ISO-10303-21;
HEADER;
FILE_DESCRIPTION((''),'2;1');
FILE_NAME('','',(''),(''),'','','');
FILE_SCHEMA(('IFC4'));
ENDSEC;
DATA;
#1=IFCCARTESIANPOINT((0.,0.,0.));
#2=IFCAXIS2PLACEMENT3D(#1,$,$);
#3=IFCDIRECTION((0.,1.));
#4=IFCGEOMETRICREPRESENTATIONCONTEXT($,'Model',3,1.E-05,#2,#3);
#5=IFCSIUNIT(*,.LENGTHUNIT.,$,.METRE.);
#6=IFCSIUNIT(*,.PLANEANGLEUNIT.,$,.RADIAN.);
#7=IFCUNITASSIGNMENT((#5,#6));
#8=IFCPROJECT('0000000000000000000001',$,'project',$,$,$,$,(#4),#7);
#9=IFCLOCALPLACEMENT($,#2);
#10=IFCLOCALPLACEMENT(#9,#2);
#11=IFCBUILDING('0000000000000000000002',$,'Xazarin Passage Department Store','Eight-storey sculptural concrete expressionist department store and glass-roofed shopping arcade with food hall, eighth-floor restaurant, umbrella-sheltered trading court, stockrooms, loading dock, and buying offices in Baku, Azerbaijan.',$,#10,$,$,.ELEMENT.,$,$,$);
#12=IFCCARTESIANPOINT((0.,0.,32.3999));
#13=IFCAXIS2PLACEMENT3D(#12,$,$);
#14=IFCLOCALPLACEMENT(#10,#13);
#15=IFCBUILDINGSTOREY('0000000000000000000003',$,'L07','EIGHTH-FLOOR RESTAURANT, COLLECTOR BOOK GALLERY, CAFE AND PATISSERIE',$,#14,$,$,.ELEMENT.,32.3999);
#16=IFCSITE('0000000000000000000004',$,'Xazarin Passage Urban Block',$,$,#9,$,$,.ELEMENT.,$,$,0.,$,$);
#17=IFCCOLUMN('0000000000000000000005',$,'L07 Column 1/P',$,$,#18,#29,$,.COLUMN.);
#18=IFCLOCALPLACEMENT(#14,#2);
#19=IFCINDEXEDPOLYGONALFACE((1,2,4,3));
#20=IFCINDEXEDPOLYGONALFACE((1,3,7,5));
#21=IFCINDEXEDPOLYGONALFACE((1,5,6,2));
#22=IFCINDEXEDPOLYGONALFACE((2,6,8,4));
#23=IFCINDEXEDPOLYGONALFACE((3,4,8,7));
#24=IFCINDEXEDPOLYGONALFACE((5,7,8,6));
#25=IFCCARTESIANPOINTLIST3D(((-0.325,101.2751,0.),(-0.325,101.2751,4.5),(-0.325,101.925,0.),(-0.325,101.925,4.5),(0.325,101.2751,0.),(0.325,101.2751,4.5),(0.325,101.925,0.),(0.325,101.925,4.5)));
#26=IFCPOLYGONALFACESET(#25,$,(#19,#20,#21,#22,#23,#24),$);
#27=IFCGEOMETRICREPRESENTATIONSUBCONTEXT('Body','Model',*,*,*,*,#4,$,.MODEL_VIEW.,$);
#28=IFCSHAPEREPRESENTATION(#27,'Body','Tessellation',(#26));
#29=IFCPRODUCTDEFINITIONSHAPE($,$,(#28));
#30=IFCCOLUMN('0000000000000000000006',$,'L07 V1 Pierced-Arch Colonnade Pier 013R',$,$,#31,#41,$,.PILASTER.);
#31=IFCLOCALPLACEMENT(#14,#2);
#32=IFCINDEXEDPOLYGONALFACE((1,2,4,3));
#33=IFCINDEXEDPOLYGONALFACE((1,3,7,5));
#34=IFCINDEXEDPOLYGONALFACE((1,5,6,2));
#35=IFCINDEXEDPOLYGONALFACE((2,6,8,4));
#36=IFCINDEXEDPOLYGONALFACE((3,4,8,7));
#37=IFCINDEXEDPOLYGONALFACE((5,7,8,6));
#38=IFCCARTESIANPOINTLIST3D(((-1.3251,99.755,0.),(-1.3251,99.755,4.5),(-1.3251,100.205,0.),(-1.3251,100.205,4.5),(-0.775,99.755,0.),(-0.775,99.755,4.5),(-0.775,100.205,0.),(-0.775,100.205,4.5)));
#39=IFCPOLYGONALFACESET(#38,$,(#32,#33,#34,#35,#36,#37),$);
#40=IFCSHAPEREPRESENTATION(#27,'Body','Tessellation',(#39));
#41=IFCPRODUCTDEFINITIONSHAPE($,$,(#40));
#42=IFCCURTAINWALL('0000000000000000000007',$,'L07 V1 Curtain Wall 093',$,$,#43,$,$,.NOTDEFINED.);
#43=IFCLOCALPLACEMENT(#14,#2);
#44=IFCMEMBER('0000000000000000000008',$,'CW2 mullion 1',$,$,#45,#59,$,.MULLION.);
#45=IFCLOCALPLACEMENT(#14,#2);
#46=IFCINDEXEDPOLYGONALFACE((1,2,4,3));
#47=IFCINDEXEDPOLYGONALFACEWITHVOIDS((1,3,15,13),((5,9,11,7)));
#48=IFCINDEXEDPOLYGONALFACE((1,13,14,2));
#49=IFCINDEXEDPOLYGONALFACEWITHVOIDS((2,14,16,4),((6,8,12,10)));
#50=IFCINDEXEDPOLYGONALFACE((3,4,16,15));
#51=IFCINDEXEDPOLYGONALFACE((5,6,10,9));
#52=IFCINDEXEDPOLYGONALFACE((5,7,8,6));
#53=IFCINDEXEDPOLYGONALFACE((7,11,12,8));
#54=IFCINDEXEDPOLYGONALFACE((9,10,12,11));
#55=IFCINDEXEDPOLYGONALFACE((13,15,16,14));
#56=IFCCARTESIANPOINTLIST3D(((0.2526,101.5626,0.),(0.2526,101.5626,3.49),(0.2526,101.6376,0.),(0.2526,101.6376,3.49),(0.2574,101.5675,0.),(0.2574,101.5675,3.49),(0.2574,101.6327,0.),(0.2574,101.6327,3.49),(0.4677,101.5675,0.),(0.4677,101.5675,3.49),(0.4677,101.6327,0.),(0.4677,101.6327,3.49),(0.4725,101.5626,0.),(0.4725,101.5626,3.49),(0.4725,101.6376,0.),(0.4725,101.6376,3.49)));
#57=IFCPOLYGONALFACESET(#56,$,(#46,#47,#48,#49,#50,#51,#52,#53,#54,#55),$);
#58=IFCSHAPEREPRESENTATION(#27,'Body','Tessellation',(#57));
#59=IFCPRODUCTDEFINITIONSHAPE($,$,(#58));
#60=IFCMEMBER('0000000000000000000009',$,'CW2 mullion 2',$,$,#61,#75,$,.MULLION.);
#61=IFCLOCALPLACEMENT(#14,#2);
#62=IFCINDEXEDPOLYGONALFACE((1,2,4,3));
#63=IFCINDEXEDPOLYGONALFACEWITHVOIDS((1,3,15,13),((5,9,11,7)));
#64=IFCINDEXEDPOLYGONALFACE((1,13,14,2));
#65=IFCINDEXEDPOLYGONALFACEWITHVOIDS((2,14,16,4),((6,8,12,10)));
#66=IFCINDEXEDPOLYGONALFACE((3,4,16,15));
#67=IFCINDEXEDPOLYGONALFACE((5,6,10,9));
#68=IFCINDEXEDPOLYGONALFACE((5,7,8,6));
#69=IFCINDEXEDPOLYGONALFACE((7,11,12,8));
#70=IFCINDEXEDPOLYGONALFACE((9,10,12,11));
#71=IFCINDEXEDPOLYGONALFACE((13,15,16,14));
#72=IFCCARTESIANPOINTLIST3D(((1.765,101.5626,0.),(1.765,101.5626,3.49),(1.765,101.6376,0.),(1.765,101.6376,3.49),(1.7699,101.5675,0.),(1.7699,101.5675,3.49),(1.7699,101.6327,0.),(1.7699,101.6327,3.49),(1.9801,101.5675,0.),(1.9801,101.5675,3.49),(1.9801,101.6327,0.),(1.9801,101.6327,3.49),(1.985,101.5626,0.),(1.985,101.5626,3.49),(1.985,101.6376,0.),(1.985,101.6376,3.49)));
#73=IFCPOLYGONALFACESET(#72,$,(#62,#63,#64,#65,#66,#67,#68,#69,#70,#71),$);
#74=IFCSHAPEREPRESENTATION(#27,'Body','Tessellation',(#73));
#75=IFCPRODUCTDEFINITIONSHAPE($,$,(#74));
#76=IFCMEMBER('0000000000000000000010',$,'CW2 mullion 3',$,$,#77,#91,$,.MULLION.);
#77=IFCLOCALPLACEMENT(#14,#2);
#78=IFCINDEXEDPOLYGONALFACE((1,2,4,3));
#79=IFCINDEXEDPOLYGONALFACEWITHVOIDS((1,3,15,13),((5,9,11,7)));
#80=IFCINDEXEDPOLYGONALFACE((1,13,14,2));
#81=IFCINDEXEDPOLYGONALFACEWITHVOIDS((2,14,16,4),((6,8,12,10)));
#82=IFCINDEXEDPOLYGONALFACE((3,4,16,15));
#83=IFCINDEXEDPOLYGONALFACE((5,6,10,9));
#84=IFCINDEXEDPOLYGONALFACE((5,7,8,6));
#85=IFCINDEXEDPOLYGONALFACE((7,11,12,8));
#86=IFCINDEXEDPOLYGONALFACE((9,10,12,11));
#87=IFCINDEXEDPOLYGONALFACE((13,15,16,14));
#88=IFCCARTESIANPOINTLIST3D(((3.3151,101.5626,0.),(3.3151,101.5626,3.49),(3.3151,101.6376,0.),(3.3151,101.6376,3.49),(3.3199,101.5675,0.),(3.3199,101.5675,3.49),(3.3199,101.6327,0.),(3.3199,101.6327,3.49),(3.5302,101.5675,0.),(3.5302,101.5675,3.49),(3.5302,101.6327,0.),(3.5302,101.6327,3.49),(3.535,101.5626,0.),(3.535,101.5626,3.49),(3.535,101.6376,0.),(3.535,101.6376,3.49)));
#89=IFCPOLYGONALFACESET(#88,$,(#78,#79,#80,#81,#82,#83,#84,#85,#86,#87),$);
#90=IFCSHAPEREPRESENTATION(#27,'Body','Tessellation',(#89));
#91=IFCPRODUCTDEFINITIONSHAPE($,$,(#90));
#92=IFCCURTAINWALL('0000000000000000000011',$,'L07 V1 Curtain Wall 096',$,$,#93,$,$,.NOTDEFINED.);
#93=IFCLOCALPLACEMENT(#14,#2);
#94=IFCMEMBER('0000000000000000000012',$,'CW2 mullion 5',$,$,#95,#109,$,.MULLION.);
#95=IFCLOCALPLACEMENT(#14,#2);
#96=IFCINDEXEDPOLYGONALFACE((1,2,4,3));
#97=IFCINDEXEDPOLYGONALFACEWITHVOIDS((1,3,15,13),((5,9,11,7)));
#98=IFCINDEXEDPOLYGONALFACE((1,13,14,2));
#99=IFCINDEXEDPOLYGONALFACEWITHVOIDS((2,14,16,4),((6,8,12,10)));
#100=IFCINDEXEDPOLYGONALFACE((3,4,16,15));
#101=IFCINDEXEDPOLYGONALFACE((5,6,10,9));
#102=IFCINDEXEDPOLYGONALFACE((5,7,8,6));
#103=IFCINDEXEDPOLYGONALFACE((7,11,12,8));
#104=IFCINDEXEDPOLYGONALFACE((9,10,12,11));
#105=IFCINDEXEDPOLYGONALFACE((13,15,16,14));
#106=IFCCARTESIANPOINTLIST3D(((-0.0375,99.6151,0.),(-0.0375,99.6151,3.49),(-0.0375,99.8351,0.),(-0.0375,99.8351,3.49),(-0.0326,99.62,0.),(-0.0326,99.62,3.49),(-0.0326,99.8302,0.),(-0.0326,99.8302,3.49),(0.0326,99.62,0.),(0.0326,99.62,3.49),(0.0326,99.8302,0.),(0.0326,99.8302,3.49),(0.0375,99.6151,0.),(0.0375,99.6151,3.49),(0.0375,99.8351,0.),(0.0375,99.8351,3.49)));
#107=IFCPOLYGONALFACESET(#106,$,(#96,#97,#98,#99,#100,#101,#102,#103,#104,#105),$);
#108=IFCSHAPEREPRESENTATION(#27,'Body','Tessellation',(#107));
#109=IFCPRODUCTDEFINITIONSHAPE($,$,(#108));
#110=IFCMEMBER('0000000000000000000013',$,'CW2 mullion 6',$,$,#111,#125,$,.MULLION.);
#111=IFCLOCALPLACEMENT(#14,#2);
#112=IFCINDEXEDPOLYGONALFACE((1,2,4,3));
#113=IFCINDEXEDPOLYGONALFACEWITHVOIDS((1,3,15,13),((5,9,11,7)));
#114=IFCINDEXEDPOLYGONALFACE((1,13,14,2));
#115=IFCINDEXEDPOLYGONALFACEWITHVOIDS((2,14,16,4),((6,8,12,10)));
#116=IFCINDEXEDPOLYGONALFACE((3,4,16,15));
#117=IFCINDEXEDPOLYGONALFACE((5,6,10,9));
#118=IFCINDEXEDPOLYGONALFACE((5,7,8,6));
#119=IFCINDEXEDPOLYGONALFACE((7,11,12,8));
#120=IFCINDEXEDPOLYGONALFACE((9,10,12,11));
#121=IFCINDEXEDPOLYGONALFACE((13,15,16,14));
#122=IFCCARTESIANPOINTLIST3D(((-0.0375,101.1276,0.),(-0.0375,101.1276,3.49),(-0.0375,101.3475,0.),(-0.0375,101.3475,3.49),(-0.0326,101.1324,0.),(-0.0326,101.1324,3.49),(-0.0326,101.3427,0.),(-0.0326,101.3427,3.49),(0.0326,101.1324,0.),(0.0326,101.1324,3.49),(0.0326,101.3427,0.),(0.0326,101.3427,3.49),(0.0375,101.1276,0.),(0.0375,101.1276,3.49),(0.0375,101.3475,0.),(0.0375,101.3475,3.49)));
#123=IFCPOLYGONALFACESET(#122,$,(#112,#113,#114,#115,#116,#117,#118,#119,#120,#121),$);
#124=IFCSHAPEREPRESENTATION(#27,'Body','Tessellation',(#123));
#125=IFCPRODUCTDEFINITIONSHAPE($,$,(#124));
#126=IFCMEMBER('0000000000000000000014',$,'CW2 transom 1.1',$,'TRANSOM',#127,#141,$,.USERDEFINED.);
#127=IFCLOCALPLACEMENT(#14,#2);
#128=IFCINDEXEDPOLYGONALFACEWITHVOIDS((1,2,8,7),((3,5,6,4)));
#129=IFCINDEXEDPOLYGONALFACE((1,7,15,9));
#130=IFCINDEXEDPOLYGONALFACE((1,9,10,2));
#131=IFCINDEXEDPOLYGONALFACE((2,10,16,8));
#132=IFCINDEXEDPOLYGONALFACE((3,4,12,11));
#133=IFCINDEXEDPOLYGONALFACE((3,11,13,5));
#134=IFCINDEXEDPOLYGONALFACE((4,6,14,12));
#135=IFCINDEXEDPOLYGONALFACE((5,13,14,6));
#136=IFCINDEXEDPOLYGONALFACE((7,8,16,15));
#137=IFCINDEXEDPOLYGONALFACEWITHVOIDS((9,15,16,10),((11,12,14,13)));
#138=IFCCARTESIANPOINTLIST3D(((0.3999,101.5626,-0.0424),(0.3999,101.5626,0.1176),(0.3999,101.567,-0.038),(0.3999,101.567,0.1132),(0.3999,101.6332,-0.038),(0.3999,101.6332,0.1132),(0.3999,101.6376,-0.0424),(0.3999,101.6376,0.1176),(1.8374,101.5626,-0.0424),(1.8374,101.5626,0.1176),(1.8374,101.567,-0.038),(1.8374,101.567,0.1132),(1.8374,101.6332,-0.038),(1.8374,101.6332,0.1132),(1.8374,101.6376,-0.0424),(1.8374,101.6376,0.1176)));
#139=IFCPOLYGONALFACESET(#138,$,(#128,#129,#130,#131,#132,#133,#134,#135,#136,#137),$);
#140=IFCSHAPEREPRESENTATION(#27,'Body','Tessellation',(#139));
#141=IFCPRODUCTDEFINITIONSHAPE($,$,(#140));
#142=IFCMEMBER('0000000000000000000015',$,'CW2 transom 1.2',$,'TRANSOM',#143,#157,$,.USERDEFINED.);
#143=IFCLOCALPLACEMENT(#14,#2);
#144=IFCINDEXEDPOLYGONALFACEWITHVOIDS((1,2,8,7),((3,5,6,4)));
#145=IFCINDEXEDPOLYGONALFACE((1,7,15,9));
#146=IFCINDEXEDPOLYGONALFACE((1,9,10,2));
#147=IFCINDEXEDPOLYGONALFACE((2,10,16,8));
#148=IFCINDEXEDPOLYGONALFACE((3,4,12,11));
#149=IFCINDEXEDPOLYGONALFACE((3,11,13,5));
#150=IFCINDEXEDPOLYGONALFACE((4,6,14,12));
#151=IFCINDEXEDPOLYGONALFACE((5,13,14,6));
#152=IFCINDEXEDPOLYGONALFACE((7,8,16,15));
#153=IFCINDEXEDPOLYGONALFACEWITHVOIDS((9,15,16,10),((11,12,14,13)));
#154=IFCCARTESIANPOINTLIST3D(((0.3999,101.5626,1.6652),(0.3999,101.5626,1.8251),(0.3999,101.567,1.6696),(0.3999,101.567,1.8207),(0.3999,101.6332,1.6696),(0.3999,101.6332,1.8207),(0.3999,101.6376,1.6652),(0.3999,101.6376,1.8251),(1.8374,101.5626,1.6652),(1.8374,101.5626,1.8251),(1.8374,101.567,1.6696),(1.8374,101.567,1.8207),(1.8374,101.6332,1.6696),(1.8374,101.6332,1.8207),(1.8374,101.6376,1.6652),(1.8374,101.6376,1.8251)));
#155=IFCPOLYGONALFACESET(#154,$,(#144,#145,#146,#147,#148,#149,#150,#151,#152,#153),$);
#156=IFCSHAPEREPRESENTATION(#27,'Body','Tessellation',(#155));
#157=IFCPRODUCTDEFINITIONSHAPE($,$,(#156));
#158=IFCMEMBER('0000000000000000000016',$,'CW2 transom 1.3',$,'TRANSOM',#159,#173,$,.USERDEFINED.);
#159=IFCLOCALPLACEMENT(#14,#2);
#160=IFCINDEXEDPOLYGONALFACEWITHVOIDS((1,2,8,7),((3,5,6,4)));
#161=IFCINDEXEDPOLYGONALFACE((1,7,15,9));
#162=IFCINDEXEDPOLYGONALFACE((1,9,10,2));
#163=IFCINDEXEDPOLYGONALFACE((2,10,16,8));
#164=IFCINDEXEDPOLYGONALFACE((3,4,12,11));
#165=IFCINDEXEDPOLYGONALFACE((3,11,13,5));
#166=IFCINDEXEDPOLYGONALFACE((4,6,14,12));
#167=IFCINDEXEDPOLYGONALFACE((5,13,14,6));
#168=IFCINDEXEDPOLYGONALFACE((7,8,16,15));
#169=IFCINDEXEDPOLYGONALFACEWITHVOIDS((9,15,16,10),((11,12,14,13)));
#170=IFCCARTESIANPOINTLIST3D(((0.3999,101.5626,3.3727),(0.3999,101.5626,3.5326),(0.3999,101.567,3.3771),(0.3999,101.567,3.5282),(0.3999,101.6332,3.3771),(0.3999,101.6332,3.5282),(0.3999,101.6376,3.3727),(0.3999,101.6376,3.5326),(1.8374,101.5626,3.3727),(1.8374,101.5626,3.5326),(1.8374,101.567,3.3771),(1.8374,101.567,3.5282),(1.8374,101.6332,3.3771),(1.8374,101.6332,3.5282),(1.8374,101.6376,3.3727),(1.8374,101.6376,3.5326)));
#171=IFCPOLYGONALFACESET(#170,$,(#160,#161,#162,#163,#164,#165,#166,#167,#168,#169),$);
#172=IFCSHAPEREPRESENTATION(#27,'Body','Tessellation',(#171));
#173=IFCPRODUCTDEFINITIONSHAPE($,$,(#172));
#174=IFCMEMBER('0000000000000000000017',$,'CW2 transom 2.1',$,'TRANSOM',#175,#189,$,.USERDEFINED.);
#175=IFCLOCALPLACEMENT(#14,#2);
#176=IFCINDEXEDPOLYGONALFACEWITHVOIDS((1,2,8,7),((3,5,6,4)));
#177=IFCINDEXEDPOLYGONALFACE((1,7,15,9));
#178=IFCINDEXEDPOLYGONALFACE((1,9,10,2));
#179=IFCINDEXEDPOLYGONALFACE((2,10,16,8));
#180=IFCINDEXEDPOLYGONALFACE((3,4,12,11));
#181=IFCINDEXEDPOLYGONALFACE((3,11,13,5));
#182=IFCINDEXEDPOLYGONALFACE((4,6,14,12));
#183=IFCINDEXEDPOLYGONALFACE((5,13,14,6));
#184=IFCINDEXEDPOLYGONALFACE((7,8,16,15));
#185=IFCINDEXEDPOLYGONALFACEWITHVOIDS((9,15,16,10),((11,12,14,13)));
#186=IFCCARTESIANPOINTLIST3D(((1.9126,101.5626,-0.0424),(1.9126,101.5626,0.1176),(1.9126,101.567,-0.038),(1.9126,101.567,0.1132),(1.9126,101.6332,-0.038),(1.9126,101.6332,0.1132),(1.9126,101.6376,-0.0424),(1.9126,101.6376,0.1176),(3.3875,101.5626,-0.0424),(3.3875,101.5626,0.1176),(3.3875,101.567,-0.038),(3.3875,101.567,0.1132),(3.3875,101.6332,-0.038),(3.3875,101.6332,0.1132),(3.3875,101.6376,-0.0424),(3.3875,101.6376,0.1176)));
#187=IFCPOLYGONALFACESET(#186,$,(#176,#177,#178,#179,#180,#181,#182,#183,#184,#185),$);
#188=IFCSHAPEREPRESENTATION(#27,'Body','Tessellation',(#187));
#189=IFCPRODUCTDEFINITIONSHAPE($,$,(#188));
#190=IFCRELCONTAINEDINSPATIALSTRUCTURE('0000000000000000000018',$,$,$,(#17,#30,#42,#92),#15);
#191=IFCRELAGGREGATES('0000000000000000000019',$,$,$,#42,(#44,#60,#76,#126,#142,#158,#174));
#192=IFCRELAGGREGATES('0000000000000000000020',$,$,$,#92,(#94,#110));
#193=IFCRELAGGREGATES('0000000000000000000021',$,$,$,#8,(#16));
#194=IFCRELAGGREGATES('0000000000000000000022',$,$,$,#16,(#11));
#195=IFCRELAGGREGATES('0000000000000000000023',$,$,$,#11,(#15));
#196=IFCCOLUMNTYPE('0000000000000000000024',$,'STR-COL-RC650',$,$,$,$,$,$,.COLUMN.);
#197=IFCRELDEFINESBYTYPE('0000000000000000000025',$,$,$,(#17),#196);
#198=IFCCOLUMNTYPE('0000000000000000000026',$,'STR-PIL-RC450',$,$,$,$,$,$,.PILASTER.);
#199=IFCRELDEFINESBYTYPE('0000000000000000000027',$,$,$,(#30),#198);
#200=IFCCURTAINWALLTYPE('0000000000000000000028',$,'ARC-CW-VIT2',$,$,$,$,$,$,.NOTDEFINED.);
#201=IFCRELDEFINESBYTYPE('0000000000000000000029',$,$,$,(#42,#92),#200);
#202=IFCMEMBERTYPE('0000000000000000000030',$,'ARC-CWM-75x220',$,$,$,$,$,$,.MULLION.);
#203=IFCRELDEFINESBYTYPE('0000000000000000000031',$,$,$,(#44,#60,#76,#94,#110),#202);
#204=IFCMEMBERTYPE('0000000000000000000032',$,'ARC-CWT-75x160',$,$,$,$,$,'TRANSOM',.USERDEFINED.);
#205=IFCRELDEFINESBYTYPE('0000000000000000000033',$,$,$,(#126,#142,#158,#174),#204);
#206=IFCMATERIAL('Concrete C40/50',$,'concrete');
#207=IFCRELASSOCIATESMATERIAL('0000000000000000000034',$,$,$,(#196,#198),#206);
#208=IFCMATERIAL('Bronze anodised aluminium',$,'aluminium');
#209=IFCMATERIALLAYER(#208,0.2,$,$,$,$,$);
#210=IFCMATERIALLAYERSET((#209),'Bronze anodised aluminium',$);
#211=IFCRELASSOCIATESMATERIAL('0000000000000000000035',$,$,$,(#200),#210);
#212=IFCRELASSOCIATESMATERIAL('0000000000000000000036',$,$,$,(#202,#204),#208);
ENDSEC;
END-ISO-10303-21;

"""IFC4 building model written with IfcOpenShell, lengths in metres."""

from ifc_helpers import new_model, si_unit, direction, frame, origin, origin_2d, place, context, subcontext, project, spatial, rectangle, hollow_rectangle, extrude, material, layer, layer_set, material_profile, profile_set, type_object, element, aggregate, save


model = new_model("IFC4")

# Units and contexts
model_context = context("Model", 3, precision=1e-05, world=origin(), true_north=direction((0.0, 1.0)))
body_context = subcontext(model_context, "Body", "Model", "MODEL_VIEW")
ifc_project = project(units=[si_unit("LENGTHUNIT", "METRE"), si_unit("PLANEANGLEUNIT", "RADIAN")], contexts=[model_context])

# Site, building, storey
site_placement = place(None, origin())
site = spatial("IfcSite", under=ifc_project, at=site_placement, Name="Xazarin Passage Urban Block", CompositionType="ELEMENT", RefElevation=0.0)
building_placement = place(site_placement, origin())
building = spatial("IfcBuilding", under=site, at=building_placement, Name="Xazarin Passage Department Store", Description="Eight-storey sculptural concrete expressionist department store and glass-roofed shopping arcade with food hall, eighth-floor restaurant, umbrella-sheltered trading court, stockrooms, loading dock, and buying offices in Baku, Azerbaijan.", CompositionType="ELEMENT")
storey_placement = place(building_placement, frame((0.0, 0.0, 32.3999)))
storey = spatial("IfcBuildingStorey", under=building, at=storey_placement, Name="L07", Description="EIGHTH-FLOOR RESTAURANT, COLLECTOR BOOK GALLERY, CAFE AND PATISSERIE", CompositionType="ELEMENT", Elevation=32.3999)

# Columns
ifc_material_1 = material(Name="Concrete C40/50", Category="concrete")
ifc_material_profile_1 = material_profile(ifc_material_1, rectangle(XDim=0.6499, YDim=0.6499, at=origin_2d()), Name="RC 650x650")
ifc_profile_set_1 = profile_set([ifc_material_profile_1], Name="Concrete C40/50")
column_type_1 = type_object("IfcColumnType", Name="STR-COL-RC650", PredefinedType="COLUMN", material=ifc_profile_set_1)
column_1_placement = place(storey_placement, frame((0.0, 101.6001, 0.0), z_axis=(0.0, 0.0, 1.0), x_axis=(1.0, 0.0, 0.0)))
element("IfcColumn", 1, at=column_1_placement, inside=storey, type_object=column_type_1, Name="L07 Column 1/P", PredefinedType="COLUMN", context=body_context, shape_type="SweptSolid", body=[
    extrude(rectangle(XDim=0.6499, YDim=0.6499, at=origin_2d()), origin(), (0.0, 0.0, 1.0), 4.5),
])
ifc_material_profile_2 = material_profile(ifc_material_1, rectangle(XDim=0.45, YDim=0.55, at=origin_2d()), Name="RC 450x550")
ifc_profile_set_2 = profile_set([ifc_material_profile_2], Name="Concrete C40/50")
column_type_2 = type_object("IfcColumnType", Name="STR-PIL-RC450", PredefinedType="PILASTER", material=ifc_profile_set_2)
column_2_placement = place(storey_placement, frame((-1.05, 99.98, 0.0), z_axis=(0.0, 0.0, 1.0), x_axis=(0.0, 1.0, 0.0)))
element("IfcColumn", 2, at=column_2_placement, inside=storey, type_object=column_type_2, Name="L07 V1 Pierced-Arch Colonnade Pier 013R", PredefinedType="PILASTER", context=body_context, shape_type="SweptSolid", body=[
    extrude(rectangle(XDim=0.45, YDim=0.55, at=origin_2d()), origin(), (0.0, 0.0, 1.0), 4.5),
])

# Curtain walls, members
ifc_material_2 = material(Name="Bronze anodised aluminium", Category="aluminium")
ifc_layer_1 = layer(ifc_material_2, 0.2)
ifc_layer_set_1 = layer_set([ifc_layer_1], Name="Bronze anodised aluminium")
curtain_wall_type = type_object("IfcCurtainWallType", Name="ARC-CW-VIT2", PredefinedType="NOTDEFINED", material=ifc_layer_set_1)
curtain_wall_1_placement = place(storey_placement, origin())
curtain_wall_1 = element("IfcCurtainWall", 3, at=curtain_wall_1_placement, inside=storey, type_object=curtain_wall_type, Name="L07 V1 Curtain Wall 093", PredefinedType="NOTDEFINED")
ifc_material_profile_3 = material_profile(ifc_material_2, hollow_rectangle(XDim=0.075, YDim=0.22, WallThickness=0.0049, at=origin_2d()), Name="ALU 75x220")
ifc_profile_set_3 = profile_set([ifc_material_profile_3], Name="Bronze anodised aluminium")
member_type_1 = type_object("IfcMemberType", Name="ARC-CWM-75x220", PredefinedType="MULLION", material=ifc_profile_set_3)
member_1_placement = place(storey_placement, frame((0.3625, 101.6001, 0.0), z_axis=(0.0, 0.0, 1.0), x_axis=(0.0, 1.0, 0.0)))
member_1 = element("IfcMember", 4, at=member_1_placement, type_object=member_type_1, Name="CW2 mullion 1", PredefinedType="MULLION", context=body_context, shape_type="SweptSolid", body=[
    extrude(hollow_rectangle(XDim=0.075, YDim=0.22, WallThickness=0.0049, at=origin_2d()), origin(), (0.0, 0.0, 1.0), 3.49),
])
member_2_placement = place(storey_placement, frame((1.875, 101.6001, 0.0), z_axis=(0.0, 0.0, 1.0), x_axis=(0.0, 1.0, 0.0)))
member_2 = element("IfcMember", 5, at=member_2_placement, type_object=member_type_1, Name="CW2 mullion 2", PredefinedType="MULLION", context=body_context, shape_type="SweptSolid", body=[
    extrude(hollow_rectangle(XDim=0.075, YDim=0.22, WallThickness=0.0049, at=origin_2d()), origin(), (0.0, 0.0, 1.0), 3.49),
])
member_3_placement = place(storey_placement, frame((3.425, 101.6001, 0.0), z_axis=(0.0, 0.0, 1.0), x_axis=(0.0, 1.0, 0.0)))
member_3 = element("IfcMember", 6, at=member_3_placement, type_object=member_type_1, Name="CW2 mullion 3", PredefinedType="MULLION", context=body_context, shape_type="SweptSolid", body=[
    extrude(hollow_rectangle(XDim=0.075, YDim=0.22, WallThickness=0.0049, at=origin_2d()), origin(), (0.0, 0.0, 1.0), 3.49),
])
curtain_wall_2_placement = place(storey_placement, origin())
curtain_wall_2 = element("IfcCurtainWall", 7, at=curtain_wall_2_placement, inside=storey, type_object=curtain_wall_type, Name="L07 V1 Curtain Wall 096", PredefinedType="NOTDEFINED")
member_4_placement = place(storey_placement, frame((0.0, 99.7251, 0.0), z_axis=(0.0, 0.0, 1.0), x_axis=(-1.0, 0.0, 0.0)))
member_4 = element("IfcMember", 8, at=member_4_placement, type_object=member_type_1, Name="CW2 mullion 5", PredefinedType="MULLION", context=body_context, shape_type="SweptSolid", body=[
    extrude(hollow_rectangle(XDim=0.075, YDim=0.22, WallThickness=0.0049, at=origin_2d()), origin(), (0.0, 0.0, 1.0), 3.49),
])
member_5_placement = place(storey_placement, frame((0.0, 101.2375, 0.0), z_axis=(0.0, 0.0, 1.0), x_axis=(-1.0, 0.0, 0.0)))
member_5 = element("IfcMember", 9, at=member_5_placement, type_object=member_type_1, Name="CW2 mullion 6", PredefinedType="MULLION", context=body_context, shape_type="SweptSolid", body=[
    extrude(hollow_rectangle(XDim=0.075, YDim=0.22, WallThickness=0.0049, at=origin_2d()), origin(), (0.0, 0.0, 1.0), 3.49),
])

# Members
ifc_material_profile_4 = material_profile(ifc_material_2, hollow_rectangle(XDim=0.075, YDim=0.1599, WallThickness=0.0044, at=origin_2d()), Name="ALU 75x160")
ifc_profile_set_4 = profile_set([ifc_material_profile_4], Name="Bronze anodised aluminium")
member_type_2 = type_object("IfcMemberType", Name="ARC-CWT-75x160", ElementType="TRANSOM", PredefinedType="USERDEFINED", material=ifc_profile_set_4)
member_6_placement = place(storey_placement, frame((0.3999, 101.6001, 0.0376), z_axis=(1.0, 0.0, 0.0), x_axis=(0.0, 1.0, 0.0)))
member_6 = element("IfcMember", 10, at=member_6_placement, type_object=member_type_2, Name="CW2 transom 1.1", ObjectType="TRANSOM", PredefinedType="USERDEFINED", context=body_context, shape_type="SweptSolid", body=[
    extrude(hollow_rectangle(XDim=0.075, YDim=0.1599, WallThickness=0.0044, at=origin_2d()), origin(), (0.0, 0.0, 1.0), 1.4375),
])
member_7_placement = place(storey_placement, frame((0.3999, 101.6001, 1.7451), z_axis=(1.0, 0.0, 0.0), x_axis=(0.0, 1.0, 0.0)))
member_7 = element("IfcMember", 11, at=member_7_placement, type_object=member_type_2, Name="CW2 transom 1.2", ObjectType="TRANSOM", PredefinedType="USERDEFINED", context=body_context, shape_type="SweptSolid", body=[
    extrude(hollow_rectangle(XDim=0.075, YDim=0.1599, WallThickness=0.0044, at=origin_2d()), origin(), (0.0, 0.0, 1.0), 1.4375),
])
member_8_placement = place(storey_placement, frame((0.3999, 101.6001, 3.4526), z_axis=(1.0, 0.0, 0.0), x_axis=(0.0, 1.0, 0.0)))
member_8 = element("IfcMember", 12, at=member_8_placement, type_object=member_type_2, Name="CW2 transom 1.3", ObjectType="TRANSOM", PredefinedType="USERDEFINED", context=body_context, shape_type="SweptSolid", body=[
    extrude(hollow_rectangle(XDim=0.075, YDim=0.1599, WallThickness=0.0044, at=origin_2d()), origin(), (0.0, 0.0, 1.0), 1.4375),
])
member_9_placement = place(storey_placement, frame((1.9126, 101.6001, 0.0376), z_axis=(1.0, 0.0, 0.0), x_axis=(0.0, 1.0, 0.0)))
member_9 = element("IfcMember", 13, at=member_9_placement, type_object=member_type_2, Name="CW2 transom 2.1", ObjectType="TRANSOM", PredefinedType="USERDEFINED", context=body_context, shape_type="SweptSolid", body=[
    extrude(hollow_rectangle(XDim=0.075, YDim=0.1599, WallThickness=0.0044, at=origin_2d()), origin(), (0.0, 0.0, 1.0), 1.4749),
])

aggregate(curtain_wall_1, [member_1, member_2, member_3, member_6, member_7, member_8, member_9])
aggregate(curtain_wall_2, [member_4, member_5])

save(model, "model.ifc")
